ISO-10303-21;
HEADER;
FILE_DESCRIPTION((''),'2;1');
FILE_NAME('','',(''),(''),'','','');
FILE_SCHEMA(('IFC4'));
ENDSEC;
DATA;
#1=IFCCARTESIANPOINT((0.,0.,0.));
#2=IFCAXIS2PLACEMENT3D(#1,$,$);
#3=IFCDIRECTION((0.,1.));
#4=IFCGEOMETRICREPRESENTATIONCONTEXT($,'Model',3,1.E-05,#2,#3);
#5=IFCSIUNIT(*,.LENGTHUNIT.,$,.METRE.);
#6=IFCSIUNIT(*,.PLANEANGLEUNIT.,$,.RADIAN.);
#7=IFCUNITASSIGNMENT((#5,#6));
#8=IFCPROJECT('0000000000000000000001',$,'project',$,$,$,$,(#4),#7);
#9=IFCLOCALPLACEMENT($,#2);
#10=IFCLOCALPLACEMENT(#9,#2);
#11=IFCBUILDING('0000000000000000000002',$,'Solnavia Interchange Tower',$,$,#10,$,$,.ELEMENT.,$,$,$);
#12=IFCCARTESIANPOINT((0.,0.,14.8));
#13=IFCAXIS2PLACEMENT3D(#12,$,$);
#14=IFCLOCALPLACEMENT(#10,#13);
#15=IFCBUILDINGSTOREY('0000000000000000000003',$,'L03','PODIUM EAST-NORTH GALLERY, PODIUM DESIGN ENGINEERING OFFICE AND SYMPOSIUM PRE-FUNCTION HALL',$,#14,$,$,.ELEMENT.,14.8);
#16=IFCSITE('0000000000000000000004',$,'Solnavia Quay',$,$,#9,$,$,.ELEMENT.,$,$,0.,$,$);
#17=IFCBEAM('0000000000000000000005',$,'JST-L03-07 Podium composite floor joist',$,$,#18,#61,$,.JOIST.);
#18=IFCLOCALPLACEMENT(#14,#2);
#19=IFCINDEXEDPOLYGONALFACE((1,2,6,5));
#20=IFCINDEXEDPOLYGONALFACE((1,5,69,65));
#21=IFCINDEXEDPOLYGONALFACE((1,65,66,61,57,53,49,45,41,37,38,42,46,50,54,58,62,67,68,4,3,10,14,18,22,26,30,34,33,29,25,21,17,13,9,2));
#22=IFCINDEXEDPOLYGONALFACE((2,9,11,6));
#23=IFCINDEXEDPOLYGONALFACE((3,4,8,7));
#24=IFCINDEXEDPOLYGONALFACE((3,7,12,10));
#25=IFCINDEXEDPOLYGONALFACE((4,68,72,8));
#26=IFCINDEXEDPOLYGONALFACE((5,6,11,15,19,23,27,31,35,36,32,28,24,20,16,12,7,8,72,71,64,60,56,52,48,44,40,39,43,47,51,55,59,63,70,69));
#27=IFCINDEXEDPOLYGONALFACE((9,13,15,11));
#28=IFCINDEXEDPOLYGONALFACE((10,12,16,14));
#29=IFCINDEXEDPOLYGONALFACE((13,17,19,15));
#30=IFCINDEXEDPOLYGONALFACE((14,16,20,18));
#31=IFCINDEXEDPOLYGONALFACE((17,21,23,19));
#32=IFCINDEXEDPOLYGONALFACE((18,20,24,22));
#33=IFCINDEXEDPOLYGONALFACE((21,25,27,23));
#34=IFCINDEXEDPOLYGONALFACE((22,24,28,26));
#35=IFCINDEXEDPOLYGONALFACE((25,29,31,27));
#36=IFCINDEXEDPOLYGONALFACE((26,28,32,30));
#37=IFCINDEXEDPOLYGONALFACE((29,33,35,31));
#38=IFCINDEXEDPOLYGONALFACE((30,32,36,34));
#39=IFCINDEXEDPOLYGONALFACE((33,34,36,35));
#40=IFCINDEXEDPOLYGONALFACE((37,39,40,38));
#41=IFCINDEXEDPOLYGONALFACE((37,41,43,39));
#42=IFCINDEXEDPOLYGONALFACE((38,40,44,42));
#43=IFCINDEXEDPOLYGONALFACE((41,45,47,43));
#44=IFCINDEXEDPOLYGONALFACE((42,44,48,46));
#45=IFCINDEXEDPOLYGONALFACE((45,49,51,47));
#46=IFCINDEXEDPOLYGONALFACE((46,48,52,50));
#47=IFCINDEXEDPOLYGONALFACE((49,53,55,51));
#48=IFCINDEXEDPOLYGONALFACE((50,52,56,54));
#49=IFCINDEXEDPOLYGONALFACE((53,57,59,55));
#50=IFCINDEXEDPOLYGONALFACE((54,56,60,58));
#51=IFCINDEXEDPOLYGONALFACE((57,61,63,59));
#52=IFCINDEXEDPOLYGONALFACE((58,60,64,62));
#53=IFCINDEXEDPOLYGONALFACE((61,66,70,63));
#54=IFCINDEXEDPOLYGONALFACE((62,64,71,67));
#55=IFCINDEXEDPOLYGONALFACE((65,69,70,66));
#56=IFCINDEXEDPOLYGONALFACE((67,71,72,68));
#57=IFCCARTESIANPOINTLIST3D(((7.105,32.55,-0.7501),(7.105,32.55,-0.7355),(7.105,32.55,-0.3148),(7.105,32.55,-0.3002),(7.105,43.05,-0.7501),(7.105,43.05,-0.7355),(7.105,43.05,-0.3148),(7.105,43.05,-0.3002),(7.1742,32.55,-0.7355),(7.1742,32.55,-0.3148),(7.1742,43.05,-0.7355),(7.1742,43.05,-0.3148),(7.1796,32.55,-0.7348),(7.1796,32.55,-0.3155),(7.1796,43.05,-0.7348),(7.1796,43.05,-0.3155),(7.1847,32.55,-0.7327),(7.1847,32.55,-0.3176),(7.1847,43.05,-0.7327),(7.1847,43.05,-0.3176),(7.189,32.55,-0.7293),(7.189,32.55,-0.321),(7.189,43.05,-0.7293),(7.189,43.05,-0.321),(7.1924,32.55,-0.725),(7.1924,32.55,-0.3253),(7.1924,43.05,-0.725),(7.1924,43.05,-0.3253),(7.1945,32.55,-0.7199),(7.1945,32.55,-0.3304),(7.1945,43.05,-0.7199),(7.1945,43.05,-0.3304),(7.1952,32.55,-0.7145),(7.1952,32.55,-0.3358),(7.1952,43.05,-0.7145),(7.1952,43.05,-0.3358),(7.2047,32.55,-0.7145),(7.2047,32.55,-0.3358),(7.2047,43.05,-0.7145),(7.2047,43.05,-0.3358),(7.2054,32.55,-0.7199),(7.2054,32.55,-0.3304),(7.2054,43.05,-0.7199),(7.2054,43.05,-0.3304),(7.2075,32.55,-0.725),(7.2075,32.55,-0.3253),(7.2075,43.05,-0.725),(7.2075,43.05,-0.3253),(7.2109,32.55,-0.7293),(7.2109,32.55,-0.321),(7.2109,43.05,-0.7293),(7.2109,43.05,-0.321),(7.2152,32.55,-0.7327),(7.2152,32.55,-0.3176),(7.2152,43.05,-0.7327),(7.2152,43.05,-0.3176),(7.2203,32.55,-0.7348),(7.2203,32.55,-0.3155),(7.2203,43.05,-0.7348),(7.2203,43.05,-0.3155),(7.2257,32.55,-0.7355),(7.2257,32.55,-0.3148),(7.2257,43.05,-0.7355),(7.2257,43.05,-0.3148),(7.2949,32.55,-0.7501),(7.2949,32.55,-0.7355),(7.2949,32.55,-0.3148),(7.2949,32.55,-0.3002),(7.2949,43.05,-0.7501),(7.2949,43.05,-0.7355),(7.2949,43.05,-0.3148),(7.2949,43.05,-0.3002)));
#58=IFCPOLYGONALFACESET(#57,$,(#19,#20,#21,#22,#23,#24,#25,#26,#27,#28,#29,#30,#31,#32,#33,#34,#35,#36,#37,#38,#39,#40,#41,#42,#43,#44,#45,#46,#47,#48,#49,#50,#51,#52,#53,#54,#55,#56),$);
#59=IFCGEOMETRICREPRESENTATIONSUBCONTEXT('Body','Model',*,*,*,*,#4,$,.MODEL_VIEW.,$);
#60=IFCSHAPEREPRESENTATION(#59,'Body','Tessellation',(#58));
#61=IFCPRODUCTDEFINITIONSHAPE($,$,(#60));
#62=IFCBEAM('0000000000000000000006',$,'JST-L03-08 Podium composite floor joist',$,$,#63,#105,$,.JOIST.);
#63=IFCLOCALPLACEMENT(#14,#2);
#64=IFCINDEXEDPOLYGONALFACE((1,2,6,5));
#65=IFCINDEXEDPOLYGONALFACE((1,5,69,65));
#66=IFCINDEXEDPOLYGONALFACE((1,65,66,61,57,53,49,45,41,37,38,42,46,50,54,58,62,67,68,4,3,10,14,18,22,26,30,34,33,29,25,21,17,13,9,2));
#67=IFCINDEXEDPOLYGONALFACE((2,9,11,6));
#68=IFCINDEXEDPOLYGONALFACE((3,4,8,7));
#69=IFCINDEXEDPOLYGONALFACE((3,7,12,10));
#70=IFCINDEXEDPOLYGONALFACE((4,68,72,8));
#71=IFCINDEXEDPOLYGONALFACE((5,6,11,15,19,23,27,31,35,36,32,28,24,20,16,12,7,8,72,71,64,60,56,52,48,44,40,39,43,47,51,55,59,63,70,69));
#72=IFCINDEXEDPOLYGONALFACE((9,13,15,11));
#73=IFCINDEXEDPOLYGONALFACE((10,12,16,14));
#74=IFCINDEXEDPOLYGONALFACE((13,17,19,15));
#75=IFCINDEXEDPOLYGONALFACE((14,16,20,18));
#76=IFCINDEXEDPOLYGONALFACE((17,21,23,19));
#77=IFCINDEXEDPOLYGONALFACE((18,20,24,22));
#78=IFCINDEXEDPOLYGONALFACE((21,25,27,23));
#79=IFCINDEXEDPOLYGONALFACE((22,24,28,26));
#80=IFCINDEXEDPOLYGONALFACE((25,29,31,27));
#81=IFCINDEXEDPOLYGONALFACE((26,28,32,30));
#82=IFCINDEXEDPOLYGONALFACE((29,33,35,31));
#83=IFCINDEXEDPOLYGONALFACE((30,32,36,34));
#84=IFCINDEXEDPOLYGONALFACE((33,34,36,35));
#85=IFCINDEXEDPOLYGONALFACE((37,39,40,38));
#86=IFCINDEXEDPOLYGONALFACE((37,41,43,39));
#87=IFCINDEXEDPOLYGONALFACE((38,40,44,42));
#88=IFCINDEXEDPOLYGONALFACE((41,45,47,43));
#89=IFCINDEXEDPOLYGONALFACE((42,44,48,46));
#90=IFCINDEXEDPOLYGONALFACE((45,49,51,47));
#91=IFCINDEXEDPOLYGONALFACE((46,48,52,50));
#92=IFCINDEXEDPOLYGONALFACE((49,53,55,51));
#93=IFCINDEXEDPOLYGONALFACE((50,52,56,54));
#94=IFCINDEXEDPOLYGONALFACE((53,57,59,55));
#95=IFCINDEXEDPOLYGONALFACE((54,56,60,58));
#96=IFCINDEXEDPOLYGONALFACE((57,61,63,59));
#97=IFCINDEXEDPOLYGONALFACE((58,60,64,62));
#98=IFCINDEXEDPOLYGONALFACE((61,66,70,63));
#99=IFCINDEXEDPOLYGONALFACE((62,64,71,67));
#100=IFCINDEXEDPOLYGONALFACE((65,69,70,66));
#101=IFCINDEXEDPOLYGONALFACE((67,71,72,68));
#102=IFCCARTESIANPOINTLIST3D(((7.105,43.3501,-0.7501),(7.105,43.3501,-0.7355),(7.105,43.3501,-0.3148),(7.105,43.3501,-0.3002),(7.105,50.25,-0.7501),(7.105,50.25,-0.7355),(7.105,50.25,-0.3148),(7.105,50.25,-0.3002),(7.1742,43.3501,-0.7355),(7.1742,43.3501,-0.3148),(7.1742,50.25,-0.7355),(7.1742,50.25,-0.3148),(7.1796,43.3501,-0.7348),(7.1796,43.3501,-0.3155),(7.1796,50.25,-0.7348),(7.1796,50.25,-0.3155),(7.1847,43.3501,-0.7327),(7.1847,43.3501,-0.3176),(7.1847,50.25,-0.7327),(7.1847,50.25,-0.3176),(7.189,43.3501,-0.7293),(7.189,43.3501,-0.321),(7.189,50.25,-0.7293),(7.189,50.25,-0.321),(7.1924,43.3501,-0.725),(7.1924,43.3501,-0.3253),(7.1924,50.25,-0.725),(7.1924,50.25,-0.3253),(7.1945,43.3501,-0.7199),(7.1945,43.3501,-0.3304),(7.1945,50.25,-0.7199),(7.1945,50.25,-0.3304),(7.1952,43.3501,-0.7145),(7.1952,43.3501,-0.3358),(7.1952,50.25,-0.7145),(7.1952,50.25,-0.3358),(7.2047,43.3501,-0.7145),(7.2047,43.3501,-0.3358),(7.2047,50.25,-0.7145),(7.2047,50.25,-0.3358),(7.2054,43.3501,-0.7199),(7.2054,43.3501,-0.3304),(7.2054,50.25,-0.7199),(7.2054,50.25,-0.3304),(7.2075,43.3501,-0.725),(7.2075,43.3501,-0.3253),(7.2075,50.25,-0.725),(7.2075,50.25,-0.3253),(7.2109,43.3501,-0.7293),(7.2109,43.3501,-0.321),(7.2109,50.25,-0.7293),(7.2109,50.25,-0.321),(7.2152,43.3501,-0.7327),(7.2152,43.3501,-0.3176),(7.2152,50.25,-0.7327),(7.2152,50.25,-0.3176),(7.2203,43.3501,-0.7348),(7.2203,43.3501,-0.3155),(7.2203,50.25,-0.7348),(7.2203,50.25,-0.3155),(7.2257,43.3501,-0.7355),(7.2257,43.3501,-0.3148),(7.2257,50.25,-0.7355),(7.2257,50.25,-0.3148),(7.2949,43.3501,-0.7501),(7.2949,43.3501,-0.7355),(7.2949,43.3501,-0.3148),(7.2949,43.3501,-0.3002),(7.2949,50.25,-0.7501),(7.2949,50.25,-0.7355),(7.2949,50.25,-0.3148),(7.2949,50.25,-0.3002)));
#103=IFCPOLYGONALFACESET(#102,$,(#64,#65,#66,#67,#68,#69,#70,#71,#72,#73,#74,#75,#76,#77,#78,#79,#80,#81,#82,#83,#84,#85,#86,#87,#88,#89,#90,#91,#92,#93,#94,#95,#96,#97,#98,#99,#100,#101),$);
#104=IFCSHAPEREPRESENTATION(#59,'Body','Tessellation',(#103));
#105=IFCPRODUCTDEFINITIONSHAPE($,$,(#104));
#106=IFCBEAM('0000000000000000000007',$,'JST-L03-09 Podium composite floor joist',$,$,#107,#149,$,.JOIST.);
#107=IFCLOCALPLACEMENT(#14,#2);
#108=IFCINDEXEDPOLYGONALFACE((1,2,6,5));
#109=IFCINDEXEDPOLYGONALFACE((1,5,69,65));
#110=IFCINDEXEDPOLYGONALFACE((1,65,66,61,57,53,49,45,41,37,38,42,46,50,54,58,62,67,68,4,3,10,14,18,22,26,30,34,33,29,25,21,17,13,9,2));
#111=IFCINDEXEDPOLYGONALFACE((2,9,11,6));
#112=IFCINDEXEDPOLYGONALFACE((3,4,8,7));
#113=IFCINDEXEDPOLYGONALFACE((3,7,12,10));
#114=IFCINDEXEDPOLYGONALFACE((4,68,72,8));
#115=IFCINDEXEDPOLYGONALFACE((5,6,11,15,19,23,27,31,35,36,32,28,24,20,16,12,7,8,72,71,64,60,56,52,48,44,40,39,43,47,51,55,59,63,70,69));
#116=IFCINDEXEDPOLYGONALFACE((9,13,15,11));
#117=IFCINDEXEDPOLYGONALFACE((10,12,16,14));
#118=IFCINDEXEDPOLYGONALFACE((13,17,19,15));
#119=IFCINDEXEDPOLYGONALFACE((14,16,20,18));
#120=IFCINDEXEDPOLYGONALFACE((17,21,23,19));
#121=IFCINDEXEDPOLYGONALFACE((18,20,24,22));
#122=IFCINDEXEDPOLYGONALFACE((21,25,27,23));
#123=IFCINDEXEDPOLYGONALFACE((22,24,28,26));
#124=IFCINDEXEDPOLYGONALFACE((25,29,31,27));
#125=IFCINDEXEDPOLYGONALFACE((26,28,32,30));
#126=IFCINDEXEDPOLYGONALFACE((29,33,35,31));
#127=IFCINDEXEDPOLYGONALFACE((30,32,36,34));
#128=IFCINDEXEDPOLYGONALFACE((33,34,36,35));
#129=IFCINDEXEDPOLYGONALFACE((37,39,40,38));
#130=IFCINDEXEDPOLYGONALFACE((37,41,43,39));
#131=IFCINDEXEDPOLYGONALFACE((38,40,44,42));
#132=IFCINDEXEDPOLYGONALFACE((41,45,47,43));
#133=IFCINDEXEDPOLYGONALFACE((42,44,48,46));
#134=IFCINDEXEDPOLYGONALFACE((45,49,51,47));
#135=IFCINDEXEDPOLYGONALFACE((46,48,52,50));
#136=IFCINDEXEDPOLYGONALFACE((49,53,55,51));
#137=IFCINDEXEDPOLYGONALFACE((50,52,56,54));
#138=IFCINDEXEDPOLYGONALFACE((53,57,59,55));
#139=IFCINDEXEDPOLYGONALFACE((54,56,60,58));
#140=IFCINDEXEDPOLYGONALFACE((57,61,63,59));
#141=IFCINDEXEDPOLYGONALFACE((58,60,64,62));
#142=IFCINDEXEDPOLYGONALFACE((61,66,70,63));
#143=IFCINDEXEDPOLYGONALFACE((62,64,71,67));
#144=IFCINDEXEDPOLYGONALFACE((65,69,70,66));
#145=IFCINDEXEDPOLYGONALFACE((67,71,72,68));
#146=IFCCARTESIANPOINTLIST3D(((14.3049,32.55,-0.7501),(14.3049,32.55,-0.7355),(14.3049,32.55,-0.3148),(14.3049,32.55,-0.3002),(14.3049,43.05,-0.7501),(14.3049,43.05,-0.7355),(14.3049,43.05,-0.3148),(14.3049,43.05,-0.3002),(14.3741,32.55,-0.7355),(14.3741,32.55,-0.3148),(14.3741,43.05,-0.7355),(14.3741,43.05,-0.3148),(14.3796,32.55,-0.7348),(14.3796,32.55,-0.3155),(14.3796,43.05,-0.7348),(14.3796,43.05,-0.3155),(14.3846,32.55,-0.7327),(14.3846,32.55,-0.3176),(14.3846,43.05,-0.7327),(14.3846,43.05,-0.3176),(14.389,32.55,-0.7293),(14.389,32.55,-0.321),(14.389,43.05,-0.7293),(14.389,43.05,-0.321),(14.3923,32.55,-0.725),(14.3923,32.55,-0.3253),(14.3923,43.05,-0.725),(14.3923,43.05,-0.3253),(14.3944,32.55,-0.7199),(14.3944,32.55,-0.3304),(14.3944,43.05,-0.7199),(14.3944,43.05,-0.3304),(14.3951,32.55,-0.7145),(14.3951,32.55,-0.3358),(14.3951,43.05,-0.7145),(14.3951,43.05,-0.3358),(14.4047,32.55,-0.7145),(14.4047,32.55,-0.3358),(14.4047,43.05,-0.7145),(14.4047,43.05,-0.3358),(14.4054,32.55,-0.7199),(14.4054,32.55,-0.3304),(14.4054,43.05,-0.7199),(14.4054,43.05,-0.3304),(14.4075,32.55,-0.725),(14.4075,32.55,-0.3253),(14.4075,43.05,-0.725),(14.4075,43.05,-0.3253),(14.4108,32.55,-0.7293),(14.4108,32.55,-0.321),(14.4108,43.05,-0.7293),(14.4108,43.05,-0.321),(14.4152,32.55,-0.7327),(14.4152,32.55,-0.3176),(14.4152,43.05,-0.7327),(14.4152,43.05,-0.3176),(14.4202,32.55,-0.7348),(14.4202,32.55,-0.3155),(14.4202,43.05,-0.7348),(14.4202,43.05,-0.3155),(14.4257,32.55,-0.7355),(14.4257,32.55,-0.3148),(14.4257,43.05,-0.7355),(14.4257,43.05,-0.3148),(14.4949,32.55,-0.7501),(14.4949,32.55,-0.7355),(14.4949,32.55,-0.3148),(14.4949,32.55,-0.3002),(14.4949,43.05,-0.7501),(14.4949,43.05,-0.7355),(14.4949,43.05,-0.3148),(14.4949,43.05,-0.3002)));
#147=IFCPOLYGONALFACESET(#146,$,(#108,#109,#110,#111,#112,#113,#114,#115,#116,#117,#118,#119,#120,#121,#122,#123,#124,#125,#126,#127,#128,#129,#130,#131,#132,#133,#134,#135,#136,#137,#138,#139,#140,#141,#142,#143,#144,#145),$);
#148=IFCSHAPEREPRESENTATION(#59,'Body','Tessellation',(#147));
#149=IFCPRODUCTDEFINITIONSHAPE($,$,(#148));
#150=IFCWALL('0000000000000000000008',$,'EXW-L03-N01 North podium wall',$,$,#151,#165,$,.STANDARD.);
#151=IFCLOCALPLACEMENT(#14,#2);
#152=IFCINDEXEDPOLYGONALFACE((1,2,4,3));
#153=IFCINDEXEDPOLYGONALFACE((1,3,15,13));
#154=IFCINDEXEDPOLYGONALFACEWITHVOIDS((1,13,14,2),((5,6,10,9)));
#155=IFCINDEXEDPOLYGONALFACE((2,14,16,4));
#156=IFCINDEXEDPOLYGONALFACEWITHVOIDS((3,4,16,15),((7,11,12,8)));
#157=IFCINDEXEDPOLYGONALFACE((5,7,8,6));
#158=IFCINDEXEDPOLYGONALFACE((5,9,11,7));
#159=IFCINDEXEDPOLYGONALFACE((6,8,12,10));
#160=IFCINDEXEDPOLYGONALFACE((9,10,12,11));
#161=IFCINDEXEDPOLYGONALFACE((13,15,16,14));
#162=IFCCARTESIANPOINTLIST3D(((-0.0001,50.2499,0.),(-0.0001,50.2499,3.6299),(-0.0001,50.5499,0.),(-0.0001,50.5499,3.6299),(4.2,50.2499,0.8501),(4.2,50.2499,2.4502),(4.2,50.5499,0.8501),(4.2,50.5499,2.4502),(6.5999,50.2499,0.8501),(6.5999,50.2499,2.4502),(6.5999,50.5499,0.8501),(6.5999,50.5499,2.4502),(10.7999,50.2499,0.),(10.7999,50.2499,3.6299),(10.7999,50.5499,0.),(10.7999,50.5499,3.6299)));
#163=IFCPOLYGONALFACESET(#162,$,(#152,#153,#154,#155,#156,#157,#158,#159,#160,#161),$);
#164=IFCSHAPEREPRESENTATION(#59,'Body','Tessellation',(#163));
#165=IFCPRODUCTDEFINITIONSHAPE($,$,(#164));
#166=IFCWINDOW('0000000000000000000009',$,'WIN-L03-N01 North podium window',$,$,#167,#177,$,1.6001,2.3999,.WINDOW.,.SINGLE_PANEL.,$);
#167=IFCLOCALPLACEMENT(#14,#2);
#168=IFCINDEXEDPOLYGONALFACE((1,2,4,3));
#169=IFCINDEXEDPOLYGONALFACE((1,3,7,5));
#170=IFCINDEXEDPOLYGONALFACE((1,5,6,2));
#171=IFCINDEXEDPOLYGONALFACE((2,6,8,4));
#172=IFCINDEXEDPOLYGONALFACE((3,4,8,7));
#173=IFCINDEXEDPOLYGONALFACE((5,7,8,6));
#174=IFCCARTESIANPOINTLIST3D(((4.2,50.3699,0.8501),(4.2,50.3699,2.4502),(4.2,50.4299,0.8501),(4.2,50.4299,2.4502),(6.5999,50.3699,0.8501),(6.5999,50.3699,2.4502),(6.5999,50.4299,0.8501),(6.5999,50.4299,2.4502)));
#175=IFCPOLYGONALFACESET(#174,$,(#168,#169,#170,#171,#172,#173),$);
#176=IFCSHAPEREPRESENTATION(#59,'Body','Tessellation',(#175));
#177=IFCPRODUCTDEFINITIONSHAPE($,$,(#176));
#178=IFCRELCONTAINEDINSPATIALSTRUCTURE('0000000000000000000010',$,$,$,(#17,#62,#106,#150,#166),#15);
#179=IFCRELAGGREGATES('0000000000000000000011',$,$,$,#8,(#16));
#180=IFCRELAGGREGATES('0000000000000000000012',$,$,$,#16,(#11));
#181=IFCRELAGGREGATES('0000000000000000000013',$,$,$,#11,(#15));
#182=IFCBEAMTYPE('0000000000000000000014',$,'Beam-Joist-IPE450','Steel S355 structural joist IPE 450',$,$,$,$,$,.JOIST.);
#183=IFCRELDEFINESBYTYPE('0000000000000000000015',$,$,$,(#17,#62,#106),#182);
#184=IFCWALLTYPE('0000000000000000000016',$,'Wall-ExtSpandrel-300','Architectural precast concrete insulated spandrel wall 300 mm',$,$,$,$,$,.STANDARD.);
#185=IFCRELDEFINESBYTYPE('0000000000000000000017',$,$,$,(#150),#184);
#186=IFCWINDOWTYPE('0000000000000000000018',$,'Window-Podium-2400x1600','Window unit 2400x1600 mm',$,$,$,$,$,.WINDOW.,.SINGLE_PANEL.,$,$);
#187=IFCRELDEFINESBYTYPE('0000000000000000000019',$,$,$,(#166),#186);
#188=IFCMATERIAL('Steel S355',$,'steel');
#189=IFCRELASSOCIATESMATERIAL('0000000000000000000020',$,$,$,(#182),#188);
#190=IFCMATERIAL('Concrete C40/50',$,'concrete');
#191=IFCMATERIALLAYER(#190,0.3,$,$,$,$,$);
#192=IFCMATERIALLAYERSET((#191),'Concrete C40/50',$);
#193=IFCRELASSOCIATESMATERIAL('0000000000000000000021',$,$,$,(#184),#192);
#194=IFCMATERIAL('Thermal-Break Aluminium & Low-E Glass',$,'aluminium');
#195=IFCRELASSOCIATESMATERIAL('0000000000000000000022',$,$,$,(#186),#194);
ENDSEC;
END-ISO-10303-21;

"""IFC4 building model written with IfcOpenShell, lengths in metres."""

from ifc_helpers import new_model, si_unit, direction, frame, frame_2d, origin, origin_2d, place, context, subcontext, project, spatial, rectangle, i_section, extrude, material, layer, layer_set, material_profile, profile_set, type_object, element, fill, save


model = new_model("IFC4")

# Units and contexts
model_context = context("Model", 3, precision=1e-05, world=origin(), true_north=direction((0.0, 1.0)))
body_context = subcontext(model_context, "Body", "Model", "MODEL_VIEW")
ifc_project = project(units=[si_unit("LENGTHUNIT", "METRE"), si_unit("PLANEANGLEUNIT", "RADIAN")], contexts=[model_context])

# Site, building, storey
site_placement = place(None, origin())
site = spatial("IfcSite", under=ifc_project, at=site_placement, Name="Solnavia Quay", CompositionType="ELEMENT", RefElevation=0.0)
building_placement = place(site_placement, origin())
building = spatial("IfcBuilding", under=site, at=building_placement, Name="Solnavia Interchange Tower", CompositionType="ELEMENT")
storey_placement = place(building_placement, frame((0.0, 0.0, 14.8)))
storey = spatial("IfcBuildingStorey", under=building, at=storey_placement, Name="L03", Description="PODIUM EAST-NORTH GALLERY, PODIUM DESIGN ENGINEERING OFFICE AND SYMPOSIUM PRE-FUNCTION HALL", CompositionType="ELEMENT", Elevation=14.8)

# Beams
ifc_material_1 = material(Name="Steel S355", Category="steel")
ifc_material_profile_1 = material_profile(ifc_material_1, i_section(OverallWidth=0.1899, OverallDepth=0.45, WebThickness=0.0095, FlangeThickness=0.0146, FilletRadius=0.021, at=origin_2d()), Name="IPE 450")
ifc_profile_set_1 = profile_set([ifc_material_profile_1], Name="Steel S355")
beam_type_1 = type_object("IfcBeamType", Name="Beam-Joist-IPE450", Description="Steel S355 structural joist IPE 450", PredefinedType="JOIST", material=ifc_profile_set_1)
beam_1_placement = place(storey_placement, frame((7.2, 32.55, -0.5251), z_axis=(0.0, 1.0, 0.0), x_axis=(-1.0, 0.0, 0.0)))
element("IfcBeam", 1, at=beam_1_placement, inside=storey, type_object=beam_type_1, Name="JST-L03-07 Podium composite floor joist", PredefinedType="JOIST", context=body_context, shape_type="SweptSolid", body=[
    extrude(i_section(OverallWidth=0.1899, OverallDepth=0.45, WebThickness=0.0095, FlangeThickness=0.0146, FilletRadius=0.021, at=origin_2d()), origin(), (0.0, 0.0, 1.0), 10.5),
])
beam_2_placement = place(storey_placement, frame((7.2, 43.3501, -0.5251), z_axis=(0.0, 1.0, 0.0), x_axis=(-1.0, 0.0, 0.0)))
element("IfcBeam", 2, at=beam_2_placement, inside=storey, type_object=beam_type_1, Name="JST-L03-08 Podium composite floor joist", PredefinedType="JOIST", context=body_context, shape_type="SweptSolid", body=[
    extrude(i_section(OverallWidth=0.1899, OverallDepth=0.45, WebThickness=0.0095, FlangeThickness=0.0146, FilletRadius=0.021, at=origin_2d()), origin(), (0.0, 0.0, 1.0), 6.8999),
])
beam_3_placement = place(storey_placement, frame((14.3999, 32.55, -0.5251), z_axis=(0.0, 1.0, 0.0), x_axis=(-1.0, 0.0, 0.0)))
element("IfcBeam", 3, at=beam_3_placement, inside=storey, type_object=beam_type_1, Name="JST-L03-09 Podium composite floor joist", PredefinedType="JOIST", context=body_context, shape_type="SweptSolid", body=[
    extrude(i_section(OverallWidth=0.1899, OverallDepth=0.45, WebThickness=0.0095, FlangeThickness=0.0146, FilletRadius=0.021, at=origin_2d()), origin(), (0.0, 0.0, 1.0), 10.5),
])

# Wall, opening, window
ifc_material_2 = material(Name="Concrete C40/50", Category="concrete")
ifc_layer_1 = layer(ifc_material_2, 0.3)
ifc_layer_set_1 = layer_set([ifc_layer_1], Name="Concrete C40/50")
wall_type_1 = type_object("IfcWallType", Name="Wall-ExtSpandrel-300", Description="Architectural precast concrete insulated spandrel wall 300 mm", PredefinedType="STANDARD", material=ifc_layer_set_1)
wall_1_placement = place(storey_placement, frame((0.0, 50.3999, 0.0), z_axis=(0.0, 0.0, 1.0), x_axis=(1.0, 0.0, 0.0)))
wall_1 = element("IfcWall", 4, at=wall_1_placement, inside=storey, type_object=wall_type_1, Name="EXW-L03-N01 North podium wall", PredefinedType="STANDARD", context=body_context, shape_type="SweptSolid", body=[
    extrude(rectangle(XDim=10.8, YDim=0.3, at=frame_2d((5.3999, 0.0))), origin(), (0.0, 0.0, 1.0), 3.6299),
])
opening_1_placement = place(wall_1_placement, frame((4.2, 0.0, 0.8501)))
opening_1 = element("IfcOpeningElement", 5, at=opening_1_placement, cuts=wall_1, PredefinedType="OPENING", context=body_context, shape_type="SweptSolid", body=[
    extrude(rectangle(XDim=2.3999, YDim=1.6001, at=frame_2d((1.2, 0.8))), frame((0.0, 0.1602, 0.0), z_axis=(0.0, -1.0, 0.0), x_axis=(1.0, 0.0, 0.0)), (0.0, 0.0, 1.0), 0.3201),
])
ifc_material_3 = material(Name="Thermal-Break Aluminium & Low-E Glass", Category="aluminium")
window_type = type_object("IfcWindowType", Name="Window-Podium-2400x1600", Description="Window unit 2400x1600 mm", PartitioningType="SINGLE_PANEL", PredefinedType="WINDOW", material=ifc_material_3)
window_1_placement = place(opening_1_placement, origin())
window_1 = element("IfcWindow", 6, at=window_1_placement, inside=storey, type_object=window_type, Name="WIN-L03-N01 North podium window", OverallHeight=1.6001, OverallWidth=2.3999, PartitioningType="SINGLE_PANEL", PredefinedType="WINDOW", context=body_context, shape_type="SweptSolid", body=[
    extrude(rectangle(XDim=2.3999, YDim=1.6001, at=frame_2d((1.2, 0.8))), frame((0.0, 0.03, 0.0), z_axis=(0.0, -1.0, 0.0), x_axis=(1.0, 0.0, 0.0)), (0.0, 0.0, 1.0), 0.0601),
])
fill(opening_1, window_1)

save(model, "model.ifc")
